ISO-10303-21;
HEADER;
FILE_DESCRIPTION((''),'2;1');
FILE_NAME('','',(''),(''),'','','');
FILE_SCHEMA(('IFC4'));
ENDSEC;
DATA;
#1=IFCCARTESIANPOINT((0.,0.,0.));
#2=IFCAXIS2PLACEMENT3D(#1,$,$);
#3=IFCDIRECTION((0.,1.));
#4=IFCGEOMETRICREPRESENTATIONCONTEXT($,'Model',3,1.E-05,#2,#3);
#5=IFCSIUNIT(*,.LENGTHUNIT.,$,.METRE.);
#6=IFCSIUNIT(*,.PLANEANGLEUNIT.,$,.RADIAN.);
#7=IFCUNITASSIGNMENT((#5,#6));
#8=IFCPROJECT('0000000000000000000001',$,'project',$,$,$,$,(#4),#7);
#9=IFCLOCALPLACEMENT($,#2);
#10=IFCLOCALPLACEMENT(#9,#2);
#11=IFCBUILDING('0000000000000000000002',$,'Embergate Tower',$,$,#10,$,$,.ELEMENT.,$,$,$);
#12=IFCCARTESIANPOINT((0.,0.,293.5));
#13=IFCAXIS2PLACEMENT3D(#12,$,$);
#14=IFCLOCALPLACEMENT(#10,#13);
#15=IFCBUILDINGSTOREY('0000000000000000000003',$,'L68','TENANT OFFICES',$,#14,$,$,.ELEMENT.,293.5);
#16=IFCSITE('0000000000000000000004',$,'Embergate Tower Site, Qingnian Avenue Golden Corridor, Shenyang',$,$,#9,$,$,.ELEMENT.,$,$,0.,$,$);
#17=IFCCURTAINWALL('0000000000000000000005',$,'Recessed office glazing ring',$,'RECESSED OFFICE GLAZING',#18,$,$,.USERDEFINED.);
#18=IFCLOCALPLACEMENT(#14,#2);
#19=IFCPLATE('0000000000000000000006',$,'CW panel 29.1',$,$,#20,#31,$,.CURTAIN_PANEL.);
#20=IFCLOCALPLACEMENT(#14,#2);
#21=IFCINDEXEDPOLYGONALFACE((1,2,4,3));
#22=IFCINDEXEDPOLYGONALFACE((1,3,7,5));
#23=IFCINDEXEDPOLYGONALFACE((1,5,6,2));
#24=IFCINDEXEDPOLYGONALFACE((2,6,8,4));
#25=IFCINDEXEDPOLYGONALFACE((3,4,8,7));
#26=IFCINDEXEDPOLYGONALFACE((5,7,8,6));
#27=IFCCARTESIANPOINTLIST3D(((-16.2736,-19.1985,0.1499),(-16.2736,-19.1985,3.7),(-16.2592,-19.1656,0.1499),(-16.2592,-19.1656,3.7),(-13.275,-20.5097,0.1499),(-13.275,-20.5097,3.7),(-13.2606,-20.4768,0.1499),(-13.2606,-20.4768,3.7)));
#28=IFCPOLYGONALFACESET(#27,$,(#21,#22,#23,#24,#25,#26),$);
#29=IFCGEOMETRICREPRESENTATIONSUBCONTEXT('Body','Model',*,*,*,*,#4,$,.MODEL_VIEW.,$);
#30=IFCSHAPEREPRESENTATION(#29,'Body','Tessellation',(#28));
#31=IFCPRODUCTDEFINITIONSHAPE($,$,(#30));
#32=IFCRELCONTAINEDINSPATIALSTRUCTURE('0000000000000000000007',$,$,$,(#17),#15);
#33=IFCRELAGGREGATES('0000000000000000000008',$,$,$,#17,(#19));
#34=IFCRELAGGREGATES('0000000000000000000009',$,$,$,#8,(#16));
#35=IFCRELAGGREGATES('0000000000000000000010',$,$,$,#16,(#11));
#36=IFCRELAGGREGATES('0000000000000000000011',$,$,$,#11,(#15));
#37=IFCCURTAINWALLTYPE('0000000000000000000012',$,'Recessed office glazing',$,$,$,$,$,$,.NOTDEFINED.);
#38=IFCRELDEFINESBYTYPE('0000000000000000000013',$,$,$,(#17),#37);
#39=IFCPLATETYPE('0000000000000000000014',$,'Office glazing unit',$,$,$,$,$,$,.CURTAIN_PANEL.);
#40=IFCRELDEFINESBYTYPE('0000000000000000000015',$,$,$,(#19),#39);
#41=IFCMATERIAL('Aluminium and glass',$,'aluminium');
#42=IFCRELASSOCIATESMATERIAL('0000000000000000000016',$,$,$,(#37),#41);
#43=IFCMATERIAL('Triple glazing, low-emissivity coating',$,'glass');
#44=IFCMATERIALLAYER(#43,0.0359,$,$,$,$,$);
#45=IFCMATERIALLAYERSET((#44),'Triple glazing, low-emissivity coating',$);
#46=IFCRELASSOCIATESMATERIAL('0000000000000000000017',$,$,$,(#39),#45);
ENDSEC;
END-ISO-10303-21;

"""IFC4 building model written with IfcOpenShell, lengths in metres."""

from ifc_helpers import new_model, si_unit, direction, frame, origin, origin_2d, place, context, subcontext, project, spatial, rectangle, extrude, source, transform, mapped, material, layer, layer_set, type_object, element, aggregate, save


model = new_model("IFC4")

# Units and contexts
model_context = context("Model", 3, precision=1e-05, world=origin(), true_north=direction((0.0, 1.0)))
body_context = subcontext(model_context, "Body", "Model", "MODEL_VIEW")
ifc_project = project(units=[si_unit("LENGTHUNIT", "METRE"), si_unit("PLANEANGLEUNIT", "RADIAN")], contexts=[model_context])

# Site, building, storey
site_placement = place(None, origin())
site = spatial("IfcSite", under=ifc_project, at=site_placement, Name="Embergate Tower Site, Qingnian Avenue Golden Corridor, Shenyang", CompositionType="ELEMENT", RefElevation=0.0)
building_placement = place(site_placement, origin())
building = spatial("IfcBuilding", under=site, at=building_placement, Name="Embergate Tower", CompositionType="ELEMENT")
storey_placement = place(building_placement, frame((0.0, 0.0, 293.5)))
storey = spatial("IfcBuildingStorey", under=building, at=storey_placement, Name="L68", Description="TENANT OFFICES", CompositionType="ELEMENT", Elevation=293.5)

# Curtain wall, plate
ifc_material_1 = material(Name="Aluminium and glass", Category="aluminium")
curtain_wall_type = type_object("IfcCurtainWallType", Name="Recessed office glazing", PredefinedType="NOTDEFINED", material=ifc_material_1)
curtain_wall_placement = place(storey_placement, origin())
curtain_wall = element("IfcCurtainWall", 1, at=curtain_wall_placement, inside=storey, type_object=curtain_wall_type, Name="Recessed office glazing ring", ObjectType="RECESSED OFFICE GLAZING", PredefinedType="USERDEFINED")
ifc_material_2 = material(Name="Triple glazing, low-emissivity coating", Category="glass")
ifc_layer = layer(ifc_material_2, 0.0359)
ifc_layer_set = layer_set([ifc_layer], Name="Triple glazing, low-emissivity coating")
plate_type = type_object("IfcPlateType", Name="Office glazing unit", PredefinedType="CURTAIN_PANEL", material=ifc_layer_set)
shared_shape_1 = source(origin(), body_context, "Body", "SweptSolid", [
    extrude(rectangle(XDim=3.2727, YDim=0.0359, at=origin_2d()), origin(), (0.0, 0.0, 1.0), 3.55),
])
plate_1_placement = place(storey_placement, frame((-14.7671, -19.8376, 0.1499), z_axis=(0.0, 0.0, 1.0), x_axis=(0.916235, -0.400642, 0.0)))
plate_1 = element("IfcPlate", 2, at=plate_1_placement, type_object=plate_type, Name="CW panel 29.1", PredefinedType="CURTAIN_PANEL", context=body_context, shape_type="MappedRepresentation", body=[
    mapped(shared_shape_1, transform((0.0, 0.0, 0.0))),
])
aggregate(curtain_wall, [plate_1])

save(model, "model.ifc")
